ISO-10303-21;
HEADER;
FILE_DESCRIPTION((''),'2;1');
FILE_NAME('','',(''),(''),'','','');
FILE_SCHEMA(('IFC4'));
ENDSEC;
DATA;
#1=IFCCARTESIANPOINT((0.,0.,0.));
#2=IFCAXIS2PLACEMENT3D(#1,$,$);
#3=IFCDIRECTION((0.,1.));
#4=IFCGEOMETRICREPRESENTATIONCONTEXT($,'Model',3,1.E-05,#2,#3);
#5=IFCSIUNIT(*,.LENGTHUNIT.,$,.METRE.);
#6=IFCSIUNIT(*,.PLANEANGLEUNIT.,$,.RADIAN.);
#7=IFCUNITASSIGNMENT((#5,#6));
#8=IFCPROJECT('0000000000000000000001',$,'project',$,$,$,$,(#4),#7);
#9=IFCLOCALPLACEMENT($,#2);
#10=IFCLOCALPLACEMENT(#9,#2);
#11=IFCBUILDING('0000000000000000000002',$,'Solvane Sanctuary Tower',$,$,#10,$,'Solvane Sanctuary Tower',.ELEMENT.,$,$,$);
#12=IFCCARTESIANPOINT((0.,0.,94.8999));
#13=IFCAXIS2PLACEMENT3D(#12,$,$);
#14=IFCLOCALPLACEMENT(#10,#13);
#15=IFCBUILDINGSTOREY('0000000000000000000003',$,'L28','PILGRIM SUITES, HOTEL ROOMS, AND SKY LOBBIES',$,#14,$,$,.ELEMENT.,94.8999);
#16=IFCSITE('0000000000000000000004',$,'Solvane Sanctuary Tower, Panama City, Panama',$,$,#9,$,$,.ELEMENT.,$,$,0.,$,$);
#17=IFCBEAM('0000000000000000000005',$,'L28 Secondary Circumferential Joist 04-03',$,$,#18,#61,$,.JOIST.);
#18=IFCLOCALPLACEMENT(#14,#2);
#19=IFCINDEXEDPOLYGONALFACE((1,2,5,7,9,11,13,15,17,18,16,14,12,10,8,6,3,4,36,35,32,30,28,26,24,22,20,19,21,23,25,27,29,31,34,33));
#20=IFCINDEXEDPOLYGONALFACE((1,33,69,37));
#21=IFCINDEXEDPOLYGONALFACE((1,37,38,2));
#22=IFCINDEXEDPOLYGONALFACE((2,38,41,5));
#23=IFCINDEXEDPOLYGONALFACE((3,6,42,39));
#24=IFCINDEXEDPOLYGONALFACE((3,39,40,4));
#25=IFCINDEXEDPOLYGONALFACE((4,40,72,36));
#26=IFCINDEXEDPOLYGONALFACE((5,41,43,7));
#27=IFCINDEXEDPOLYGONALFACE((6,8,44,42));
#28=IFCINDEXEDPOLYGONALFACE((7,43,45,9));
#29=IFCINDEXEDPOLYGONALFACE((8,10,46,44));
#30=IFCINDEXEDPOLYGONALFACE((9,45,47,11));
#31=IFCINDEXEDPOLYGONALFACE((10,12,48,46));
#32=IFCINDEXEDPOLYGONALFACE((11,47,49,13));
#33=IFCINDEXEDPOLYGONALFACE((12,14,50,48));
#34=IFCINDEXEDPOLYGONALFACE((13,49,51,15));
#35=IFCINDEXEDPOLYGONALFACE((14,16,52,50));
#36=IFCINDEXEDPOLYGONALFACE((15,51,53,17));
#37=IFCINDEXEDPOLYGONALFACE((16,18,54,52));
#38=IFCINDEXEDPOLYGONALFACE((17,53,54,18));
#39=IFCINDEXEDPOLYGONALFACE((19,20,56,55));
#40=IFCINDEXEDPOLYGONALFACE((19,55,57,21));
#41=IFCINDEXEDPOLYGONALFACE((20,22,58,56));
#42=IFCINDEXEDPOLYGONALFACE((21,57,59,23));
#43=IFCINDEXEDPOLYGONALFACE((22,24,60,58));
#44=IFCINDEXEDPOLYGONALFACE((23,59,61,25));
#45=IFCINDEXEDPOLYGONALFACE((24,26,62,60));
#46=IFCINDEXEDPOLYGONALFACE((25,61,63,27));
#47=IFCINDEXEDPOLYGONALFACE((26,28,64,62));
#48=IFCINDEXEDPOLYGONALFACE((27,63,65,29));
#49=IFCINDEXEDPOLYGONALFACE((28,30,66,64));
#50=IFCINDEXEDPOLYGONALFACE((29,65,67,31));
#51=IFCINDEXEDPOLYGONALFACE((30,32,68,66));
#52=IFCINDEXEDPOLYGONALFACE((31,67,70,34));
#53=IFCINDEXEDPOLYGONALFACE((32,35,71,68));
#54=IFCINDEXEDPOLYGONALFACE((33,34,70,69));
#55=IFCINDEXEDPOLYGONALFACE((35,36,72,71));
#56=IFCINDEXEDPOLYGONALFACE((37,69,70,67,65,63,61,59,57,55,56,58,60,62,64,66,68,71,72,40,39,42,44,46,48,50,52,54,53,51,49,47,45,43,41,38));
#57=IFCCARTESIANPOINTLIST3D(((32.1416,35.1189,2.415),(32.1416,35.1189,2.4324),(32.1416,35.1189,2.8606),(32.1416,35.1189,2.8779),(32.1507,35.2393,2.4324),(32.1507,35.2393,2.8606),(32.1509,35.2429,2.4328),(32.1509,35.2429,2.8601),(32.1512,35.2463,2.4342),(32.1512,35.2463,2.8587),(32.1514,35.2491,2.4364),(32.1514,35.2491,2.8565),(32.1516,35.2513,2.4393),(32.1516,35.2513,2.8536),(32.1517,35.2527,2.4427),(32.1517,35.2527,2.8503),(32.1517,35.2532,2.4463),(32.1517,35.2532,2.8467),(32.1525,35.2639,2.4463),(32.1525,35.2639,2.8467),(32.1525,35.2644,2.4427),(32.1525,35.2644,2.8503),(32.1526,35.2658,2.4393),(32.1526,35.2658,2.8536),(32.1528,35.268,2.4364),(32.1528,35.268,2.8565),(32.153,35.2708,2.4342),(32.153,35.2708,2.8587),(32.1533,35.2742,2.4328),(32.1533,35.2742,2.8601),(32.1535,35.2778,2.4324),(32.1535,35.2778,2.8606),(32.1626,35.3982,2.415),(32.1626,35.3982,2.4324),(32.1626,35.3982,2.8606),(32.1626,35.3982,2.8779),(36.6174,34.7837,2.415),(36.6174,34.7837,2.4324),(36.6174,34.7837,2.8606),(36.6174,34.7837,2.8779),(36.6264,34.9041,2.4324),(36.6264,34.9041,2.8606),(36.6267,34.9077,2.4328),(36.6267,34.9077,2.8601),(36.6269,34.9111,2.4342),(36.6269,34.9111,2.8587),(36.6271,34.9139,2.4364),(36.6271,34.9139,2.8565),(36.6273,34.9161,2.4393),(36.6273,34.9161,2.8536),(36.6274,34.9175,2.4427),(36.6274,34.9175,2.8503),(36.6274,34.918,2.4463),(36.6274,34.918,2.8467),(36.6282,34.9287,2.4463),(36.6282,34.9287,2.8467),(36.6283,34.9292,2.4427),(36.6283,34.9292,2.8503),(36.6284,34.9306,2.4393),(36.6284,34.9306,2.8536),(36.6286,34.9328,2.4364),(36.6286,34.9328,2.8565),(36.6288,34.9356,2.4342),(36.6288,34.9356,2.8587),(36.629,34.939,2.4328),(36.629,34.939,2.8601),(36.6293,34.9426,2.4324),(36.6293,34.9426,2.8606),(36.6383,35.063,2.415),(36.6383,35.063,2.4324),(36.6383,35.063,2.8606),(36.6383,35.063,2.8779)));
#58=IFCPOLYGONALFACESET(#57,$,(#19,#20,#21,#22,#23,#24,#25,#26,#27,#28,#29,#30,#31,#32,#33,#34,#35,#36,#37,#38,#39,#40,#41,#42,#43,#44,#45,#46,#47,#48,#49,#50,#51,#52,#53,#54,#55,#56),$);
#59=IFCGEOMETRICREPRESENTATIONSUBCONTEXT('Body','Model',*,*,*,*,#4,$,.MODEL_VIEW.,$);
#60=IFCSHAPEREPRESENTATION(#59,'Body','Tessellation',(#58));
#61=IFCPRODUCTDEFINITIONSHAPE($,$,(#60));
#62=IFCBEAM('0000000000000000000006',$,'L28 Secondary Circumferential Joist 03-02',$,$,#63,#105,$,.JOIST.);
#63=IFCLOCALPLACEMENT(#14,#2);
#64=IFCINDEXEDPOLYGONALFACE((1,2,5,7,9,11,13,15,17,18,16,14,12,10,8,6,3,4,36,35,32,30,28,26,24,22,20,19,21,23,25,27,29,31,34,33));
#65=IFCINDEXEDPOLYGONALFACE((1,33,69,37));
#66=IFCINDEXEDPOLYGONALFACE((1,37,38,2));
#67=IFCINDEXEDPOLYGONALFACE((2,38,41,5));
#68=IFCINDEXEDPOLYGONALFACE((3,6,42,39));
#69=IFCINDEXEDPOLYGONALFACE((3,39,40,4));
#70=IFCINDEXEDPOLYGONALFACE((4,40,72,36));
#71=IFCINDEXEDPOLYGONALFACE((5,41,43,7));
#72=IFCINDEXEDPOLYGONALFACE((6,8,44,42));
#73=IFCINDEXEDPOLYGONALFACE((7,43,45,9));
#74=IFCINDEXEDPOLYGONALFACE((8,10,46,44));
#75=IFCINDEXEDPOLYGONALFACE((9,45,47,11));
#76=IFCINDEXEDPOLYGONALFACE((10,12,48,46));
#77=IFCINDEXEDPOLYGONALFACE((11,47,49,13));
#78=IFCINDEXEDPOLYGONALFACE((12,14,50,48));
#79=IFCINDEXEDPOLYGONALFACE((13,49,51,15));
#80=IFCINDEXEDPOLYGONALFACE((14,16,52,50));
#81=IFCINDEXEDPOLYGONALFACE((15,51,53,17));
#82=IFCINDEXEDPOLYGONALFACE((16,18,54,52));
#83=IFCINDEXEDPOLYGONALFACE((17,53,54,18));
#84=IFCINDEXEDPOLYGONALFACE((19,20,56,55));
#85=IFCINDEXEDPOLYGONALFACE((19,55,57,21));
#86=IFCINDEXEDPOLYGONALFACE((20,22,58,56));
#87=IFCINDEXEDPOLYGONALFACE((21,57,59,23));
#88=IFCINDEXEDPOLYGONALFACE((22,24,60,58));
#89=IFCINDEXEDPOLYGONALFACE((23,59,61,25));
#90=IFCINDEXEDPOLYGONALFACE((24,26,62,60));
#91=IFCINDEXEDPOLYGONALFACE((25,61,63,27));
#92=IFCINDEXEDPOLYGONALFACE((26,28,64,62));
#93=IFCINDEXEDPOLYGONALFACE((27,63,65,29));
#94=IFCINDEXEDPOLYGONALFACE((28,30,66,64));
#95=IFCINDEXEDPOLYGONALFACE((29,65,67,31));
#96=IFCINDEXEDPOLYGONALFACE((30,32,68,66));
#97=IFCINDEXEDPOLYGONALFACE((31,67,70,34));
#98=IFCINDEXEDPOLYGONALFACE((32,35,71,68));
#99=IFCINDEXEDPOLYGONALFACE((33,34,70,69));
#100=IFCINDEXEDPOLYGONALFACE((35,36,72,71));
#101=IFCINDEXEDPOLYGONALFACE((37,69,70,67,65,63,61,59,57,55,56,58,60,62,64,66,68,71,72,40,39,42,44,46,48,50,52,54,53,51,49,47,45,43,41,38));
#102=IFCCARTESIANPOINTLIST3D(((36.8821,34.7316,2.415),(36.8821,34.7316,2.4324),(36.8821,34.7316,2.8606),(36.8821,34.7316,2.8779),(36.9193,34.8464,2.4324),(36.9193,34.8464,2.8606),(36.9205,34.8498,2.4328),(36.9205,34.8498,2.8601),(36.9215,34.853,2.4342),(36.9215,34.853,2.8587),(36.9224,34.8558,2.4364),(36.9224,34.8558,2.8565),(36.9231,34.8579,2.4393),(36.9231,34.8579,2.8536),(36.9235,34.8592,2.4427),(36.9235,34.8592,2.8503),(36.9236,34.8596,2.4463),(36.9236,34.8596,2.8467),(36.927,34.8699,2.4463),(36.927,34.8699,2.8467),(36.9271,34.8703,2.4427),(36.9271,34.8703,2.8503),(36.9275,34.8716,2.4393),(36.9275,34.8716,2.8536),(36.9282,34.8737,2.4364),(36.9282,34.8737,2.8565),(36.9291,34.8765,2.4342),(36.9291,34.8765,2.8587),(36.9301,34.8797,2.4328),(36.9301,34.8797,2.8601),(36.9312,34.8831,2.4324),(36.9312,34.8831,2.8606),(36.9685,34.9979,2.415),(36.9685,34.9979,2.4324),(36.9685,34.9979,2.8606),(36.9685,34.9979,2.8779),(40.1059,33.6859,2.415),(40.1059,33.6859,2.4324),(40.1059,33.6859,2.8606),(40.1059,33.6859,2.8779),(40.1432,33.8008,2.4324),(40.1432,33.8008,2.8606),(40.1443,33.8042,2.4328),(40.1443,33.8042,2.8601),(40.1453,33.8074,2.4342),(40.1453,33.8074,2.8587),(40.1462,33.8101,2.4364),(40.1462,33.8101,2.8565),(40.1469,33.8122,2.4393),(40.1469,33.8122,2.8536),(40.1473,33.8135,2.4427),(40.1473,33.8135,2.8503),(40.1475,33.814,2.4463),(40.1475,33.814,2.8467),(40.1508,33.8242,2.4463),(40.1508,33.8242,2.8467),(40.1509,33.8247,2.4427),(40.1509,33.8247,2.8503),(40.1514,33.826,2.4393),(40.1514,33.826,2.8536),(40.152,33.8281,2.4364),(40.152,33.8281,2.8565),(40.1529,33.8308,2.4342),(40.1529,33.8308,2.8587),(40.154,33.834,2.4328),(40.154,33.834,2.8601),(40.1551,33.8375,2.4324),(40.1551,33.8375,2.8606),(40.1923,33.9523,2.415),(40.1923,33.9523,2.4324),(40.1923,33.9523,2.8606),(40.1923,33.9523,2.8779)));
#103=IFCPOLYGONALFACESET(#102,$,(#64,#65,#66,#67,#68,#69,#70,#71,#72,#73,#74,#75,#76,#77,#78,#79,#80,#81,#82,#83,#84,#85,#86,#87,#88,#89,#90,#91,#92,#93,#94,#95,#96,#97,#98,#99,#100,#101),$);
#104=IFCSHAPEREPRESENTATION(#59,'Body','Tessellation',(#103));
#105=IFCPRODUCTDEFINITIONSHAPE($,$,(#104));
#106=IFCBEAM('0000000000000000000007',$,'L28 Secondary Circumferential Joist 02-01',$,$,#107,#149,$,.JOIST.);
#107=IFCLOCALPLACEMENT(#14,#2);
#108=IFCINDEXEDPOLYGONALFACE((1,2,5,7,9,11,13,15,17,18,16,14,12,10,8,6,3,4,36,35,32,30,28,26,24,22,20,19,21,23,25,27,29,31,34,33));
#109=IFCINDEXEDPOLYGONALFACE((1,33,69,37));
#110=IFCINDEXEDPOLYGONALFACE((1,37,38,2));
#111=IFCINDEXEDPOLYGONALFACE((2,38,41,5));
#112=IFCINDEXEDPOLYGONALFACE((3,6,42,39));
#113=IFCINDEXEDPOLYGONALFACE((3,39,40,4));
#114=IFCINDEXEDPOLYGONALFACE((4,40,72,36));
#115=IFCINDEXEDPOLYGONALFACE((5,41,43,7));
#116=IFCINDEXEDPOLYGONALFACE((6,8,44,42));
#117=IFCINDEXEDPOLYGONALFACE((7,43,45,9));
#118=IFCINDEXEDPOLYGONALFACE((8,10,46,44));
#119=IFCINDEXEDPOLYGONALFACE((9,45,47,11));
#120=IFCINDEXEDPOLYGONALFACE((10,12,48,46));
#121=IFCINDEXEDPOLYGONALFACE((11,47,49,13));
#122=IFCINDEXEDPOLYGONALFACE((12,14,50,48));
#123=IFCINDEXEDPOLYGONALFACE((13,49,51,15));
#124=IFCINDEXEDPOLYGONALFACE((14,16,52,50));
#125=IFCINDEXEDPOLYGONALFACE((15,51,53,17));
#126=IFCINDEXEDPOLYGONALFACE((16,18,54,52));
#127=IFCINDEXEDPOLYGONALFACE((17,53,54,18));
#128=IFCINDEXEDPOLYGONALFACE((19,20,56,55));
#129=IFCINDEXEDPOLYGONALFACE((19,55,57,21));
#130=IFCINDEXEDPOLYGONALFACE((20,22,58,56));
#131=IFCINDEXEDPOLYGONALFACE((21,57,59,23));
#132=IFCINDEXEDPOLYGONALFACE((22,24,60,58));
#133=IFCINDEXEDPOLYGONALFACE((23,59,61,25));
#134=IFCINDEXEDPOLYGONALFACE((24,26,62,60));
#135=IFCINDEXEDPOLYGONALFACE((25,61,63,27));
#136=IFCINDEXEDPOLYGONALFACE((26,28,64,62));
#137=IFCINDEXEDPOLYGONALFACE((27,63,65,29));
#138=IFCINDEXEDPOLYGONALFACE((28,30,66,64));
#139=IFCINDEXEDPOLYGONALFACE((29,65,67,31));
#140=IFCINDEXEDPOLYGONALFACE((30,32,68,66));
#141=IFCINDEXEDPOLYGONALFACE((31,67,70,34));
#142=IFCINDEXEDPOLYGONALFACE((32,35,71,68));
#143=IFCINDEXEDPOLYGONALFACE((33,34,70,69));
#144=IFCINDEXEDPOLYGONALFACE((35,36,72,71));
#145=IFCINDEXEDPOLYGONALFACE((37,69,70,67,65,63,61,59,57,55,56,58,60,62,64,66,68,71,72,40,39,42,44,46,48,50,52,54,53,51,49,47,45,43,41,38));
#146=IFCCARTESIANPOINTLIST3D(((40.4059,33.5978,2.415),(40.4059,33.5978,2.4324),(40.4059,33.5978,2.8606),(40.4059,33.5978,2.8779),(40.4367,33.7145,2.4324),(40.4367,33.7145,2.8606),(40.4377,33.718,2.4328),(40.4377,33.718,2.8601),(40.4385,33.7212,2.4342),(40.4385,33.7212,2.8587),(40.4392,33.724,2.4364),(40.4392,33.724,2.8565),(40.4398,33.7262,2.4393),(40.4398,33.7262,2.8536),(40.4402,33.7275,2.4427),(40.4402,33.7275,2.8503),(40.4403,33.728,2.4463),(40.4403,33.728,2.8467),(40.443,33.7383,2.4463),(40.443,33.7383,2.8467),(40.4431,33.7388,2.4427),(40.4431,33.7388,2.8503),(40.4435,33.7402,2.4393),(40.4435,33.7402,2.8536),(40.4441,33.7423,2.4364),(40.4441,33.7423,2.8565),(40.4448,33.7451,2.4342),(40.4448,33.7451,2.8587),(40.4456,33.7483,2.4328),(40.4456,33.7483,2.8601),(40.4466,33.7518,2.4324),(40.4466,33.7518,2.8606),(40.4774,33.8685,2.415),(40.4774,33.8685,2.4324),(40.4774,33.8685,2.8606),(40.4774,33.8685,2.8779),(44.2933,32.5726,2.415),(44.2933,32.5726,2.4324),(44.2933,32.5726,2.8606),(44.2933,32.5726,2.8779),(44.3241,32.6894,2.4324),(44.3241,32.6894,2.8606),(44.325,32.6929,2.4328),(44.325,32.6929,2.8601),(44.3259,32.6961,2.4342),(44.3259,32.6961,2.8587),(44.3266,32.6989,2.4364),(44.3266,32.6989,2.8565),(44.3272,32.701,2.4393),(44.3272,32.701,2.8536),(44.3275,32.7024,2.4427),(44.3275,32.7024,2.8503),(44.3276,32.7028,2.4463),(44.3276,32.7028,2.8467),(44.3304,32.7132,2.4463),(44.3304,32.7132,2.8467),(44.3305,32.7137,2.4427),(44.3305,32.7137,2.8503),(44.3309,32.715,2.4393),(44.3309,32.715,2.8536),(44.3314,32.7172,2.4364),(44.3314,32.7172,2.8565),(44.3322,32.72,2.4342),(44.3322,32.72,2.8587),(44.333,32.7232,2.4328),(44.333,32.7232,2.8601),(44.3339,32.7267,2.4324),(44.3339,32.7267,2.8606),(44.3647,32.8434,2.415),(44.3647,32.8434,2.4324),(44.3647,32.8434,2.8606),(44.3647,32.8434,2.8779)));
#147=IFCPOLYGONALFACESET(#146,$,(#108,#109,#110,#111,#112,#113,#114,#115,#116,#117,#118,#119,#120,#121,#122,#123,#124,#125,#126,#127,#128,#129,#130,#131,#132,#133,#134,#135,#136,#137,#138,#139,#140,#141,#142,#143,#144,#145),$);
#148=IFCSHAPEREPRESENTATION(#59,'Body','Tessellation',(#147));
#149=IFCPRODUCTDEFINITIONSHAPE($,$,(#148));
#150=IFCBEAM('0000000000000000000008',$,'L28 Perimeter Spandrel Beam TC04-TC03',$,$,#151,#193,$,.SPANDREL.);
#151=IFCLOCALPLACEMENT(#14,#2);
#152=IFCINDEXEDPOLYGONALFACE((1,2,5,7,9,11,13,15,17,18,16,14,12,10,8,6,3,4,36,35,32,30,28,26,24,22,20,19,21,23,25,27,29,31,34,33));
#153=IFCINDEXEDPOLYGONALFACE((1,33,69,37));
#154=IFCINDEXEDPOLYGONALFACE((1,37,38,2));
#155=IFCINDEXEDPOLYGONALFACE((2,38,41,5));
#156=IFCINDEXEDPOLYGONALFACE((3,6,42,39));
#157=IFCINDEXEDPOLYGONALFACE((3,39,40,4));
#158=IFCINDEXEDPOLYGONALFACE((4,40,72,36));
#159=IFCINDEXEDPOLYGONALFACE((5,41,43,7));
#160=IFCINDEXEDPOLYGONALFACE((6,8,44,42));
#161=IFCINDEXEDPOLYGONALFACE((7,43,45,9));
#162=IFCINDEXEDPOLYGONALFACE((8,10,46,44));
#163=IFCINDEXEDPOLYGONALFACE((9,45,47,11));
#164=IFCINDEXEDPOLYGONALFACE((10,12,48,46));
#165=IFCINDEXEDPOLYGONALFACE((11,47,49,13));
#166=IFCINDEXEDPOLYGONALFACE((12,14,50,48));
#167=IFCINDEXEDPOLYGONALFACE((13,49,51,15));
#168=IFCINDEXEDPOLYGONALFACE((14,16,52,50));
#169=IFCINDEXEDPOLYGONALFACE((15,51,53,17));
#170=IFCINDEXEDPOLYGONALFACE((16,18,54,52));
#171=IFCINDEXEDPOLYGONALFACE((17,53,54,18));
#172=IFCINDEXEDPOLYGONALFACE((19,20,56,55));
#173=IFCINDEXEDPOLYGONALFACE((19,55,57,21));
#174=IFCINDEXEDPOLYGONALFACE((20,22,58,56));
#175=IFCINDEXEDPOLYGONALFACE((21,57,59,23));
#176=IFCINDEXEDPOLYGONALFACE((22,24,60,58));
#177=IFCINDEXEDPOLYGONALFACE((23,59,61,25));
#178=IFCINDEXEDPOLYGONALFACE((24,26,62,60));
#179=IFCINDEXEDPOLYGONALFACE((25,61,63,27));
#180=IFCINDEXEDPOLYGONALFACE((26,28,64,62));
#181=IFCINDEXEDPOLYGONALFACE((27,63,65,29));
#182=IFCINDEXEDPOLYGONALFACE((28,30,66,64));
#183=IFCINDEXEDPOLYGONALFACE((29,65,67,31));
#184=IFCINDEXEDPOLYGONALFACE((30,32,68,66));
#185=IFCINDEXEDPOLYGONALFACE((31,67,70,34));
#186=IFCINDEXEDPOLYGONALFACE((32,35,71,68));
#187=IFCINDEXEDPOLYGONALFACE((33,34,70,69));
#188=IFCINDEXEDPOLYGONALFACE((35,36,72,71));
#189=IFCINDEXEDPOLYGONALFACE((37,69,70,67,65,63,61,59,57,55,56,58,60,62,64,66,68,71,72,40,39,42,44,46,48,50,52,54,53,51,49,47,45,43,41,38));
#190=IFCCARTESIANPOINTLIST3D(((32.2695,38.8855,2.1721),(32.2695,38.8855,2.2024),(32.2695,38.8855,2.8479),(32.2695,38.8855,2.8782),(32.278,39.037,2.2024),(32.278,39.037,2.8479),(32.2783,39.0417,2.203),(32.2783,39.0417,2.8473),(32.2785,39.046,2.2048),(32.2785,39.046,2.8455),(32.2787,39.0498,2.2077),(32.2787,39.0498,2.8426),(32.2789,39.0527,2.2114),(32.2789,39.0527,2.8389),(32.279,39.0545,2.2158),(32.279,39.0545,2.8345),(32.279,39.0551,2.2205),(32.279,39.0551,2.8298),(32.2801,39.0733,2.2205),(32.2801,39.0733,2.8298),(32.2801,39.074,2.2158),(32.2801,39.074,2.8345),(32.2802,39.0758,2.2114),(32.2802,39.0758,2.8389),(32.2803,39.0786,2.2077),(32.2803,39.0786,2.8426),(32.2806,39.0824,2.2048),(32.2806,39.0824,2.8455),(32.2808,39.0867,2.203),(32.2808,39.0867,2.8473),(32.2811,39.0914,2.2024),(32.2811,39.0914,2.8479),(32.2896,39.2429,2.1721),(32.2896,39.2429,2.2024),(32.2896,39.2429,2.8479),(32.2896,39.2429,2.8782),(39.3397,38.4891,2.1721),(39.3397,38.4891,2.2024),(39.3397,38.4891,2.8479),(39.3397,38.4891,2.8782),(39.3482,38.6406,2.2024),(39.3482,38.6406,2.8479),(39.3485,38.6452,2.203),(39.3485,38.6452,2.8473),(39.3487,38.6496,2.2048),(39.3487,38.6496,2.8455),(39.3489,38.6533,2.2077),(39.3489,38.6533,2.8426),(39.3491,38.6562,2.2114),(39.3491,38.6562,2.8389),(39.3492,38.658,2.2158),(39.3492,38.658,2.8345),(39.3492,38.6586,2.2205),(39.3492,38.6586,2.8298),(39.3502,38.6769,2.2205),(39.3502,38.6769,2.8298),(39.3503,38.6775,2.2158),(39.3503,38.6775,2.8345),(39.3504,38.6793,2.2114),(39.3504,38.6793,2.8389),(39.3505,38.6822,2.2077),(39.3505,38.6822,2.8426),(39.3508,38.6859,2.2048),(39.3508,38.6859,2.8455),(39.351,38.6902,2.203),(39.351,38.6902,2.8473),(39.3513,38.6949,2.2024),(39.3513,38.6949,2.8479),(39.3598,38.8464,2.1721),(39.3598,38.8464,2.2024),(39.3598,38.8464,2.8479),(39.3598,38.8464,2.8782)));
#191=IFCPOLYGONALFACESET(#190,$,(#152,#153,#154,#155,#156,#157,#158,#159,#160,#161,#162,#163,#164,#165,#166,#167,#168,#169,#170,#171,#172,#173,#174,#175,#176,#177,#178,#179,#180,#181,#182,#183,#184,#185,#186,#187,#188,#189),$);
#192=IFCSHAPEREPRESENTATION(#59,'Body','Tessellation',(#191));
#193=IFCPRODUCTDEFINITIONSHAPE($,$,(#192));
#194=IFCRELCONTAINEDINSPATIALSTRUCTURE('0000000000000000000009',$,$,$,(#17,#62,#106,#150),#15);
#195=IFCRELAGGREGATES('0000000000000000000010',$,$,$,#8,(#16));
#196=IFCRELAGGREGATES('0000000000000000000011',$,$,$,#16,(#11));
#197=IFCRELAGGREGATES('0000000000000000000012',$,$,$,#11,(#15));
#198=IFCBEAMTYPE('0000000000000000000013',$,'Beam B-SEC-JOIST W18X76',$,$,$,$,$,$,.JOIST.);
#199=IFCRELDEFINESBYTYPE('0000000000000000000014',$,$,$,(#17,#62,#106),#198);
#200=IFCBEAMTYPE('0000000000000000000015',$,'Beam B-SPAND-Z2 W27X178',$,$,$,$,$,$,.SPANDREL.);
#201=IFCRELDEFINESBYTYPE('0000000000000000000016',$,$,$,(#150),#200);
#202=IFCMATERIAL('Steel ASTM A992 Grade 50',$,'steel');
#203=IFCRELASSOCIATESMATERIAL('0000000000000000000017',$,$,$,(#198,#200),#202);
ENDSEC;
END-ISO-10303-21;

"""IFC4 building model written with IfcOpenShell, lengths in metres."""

from ifc_helpers import new_model, si_unit, direction, frame, origin, origin_2d, place, context, subcontext, project, spatial, i_section, extrude, material, material_profile, profile_set, type_object, element, save


model = new_model("IFC4")

# Units and contexts
model_context = context("Model", 3, precision=1e-05, world=origin(), true_north=direction((0.0, 1.0)))
body_context = subcontext(model_context, "Body", "Model", "MODEL_VIEW")
ifc_project = project(units=[si_unit("LENGTHUNIT", "METRE"), si_unit("PLANEANGLEUNIT", "RADIAN")], contexts=[model_context])

# Site, building, storey
site_placement = place(None, origin())
site = spatial("IfcSite", under=ifc_project, at=site_placement, Name="Solvane Sanctuary Tower, Panama City, Panama", CompositionType="ELEMENT", RefElevation=0.0)
building_placement = place(site_placement, origin())
building = spatial("IfcBuilding", under=site, at=building_placement, Name="Solvane Sanctuary Tower", LongName="Solvane Sanctuary Tower", CompositionType="ELEMENT")
storey_placement = place(building_placement, frame((0.0, 0.0, 94.8999)))
storey = spatial("IfcBuildingStorey", under=building, at=storey_placement, Name="L28", Description="PILGRIM SUITES, HOTEL ROOMS, AND SKY LOBBIES", CompositionType="ELEMENT", Elevation=94.8999)

# Beams
ifc_material_1 = material(Name="Steel ASTM A992 Grade 50", Category="steel")
ifc_material_profile_1 = material_profile(ifc_material_1, i_section(OverallWidth=0.28, OverallDepth=0.4629, WebThickness=0.0107, FlangeThickness=0.0173, FilletRadius=0.0139, at=origin_2d()), Name="W18X76")
ifc_profile_set_1 = profile_set([ifc_material_profile_1], Name="Steel ASTM A992 Grade 50")
beam_type_1 = type_object("IfcBeamType", Name="Beam B-SEC-JOIST W18X76", PredefinedType="JOIST", material=ifc_profile_set_1)
beam_1_placement = place(storey_placement, frame((32.1521, 35.2585, 2.6465), z_axis=(0.997207, -0.074683, 0.0), x_axis=(0.074683, 0.997207, 0.0)))
element("IfcBeam", 1, at=beam_1_placement, inside=storey, type_object=beam_type_1, Name="L28 Secondary Circumferential Joist 04-03", PredefinedType="JOIST", context=body_context, shape_type="SweptSolid", body=[
    extrude(i_section(OverallWidth=0.28, OverallDepth=0.4629, WebThickness=0.0107, FlangeThickness=0.0173, FilletRadius=0.0139, at=origin_2d()), origin(), (0.0, 0.0, 1.0), 4.4883),
])
beam_2_placement = place(storey_placement, frame((36.9253, 34.8647, 2.6465), z_axis=(0.951217, -0.308524, 0.0), x_axis=(0.308524, 0.951217, 0.0)))
element("IfcBeam", 2, at=beam_2_placement, inside=storey, type_object=beam_type_1, Name="L28 Secondary Circumferential Joist 03-02", PredefinedType="JOIST", context=body_context, shape_type="SweptSolid", body=[
    extrude(i_section(OverallWidth=0.28, OverallDepth=0.4629, WebThickness=0.0107, FlangeThickness=0.0173, FilletRadius=0.0139, at=origin_2d()), origin(), (0.0, 0.0, 1.0), 3.3892),
])
beam_3_placement = place(storey_placement, frame((40.4417, 33.7332, 2.6465), z_axis=(0.966944, -0.254989, 0.0), x_axis=(0.254989, 0.966944, 0.0)))
element("IfcBeam", 3, at=beam_3_placement, inside=storey, type_object=beam_type_1, Name="L28 Secondary Circumferential Joist 02-01", PredefinedType="JOIST", context=body_context, shape_type="SweptSolid", body=[
    extrude(i_section(OverallWidth=0.28, OverallDepth=0.4629, WebThickness=0.0107, FlangeThickness=0.0173, FilletRadius=0.0139, at=origin_2d()), origin(), (0.0, 0.0, 1.0), 4.0203),
])
ifc_material_profile_2 = material_profile(ifc_material_1, i_section(OverallWidth=0.3579, OverallDepth=0.7061, WebThickness=0.0183, FlangeThickness=0.0303, FilletRadius=0.0181, at=origin_2d()), Name="W27X178")
ifc_profile_set_2 = profile_set([ifc_material_profile_2], Name="Steel ASTM A992 Grade 50")
beam_type_2 = type_object("IfcBeamType", Name="Beam B-SPAND-Z2 W27X178", PredefinedType="SPANDREL", material=ifc_profile_set_2)
beam_4_placement = place(storey_placement, frame((32.2795, 39.0642, 2.5251), z_axis=(0.998431, -0.055989, 0.0), x_axis=(0.055989, 0.998431, 0.0)))
element("IfcBeam", 4, at=beam_4_placement, inside=storey, type_object=beam_type_2, Name="L28 Perimeter Spandrel Beam TC04-TC03", PredefinedType="SPANDREL", context=body_context, shape_type="SweptSolid", body=[
    extrude(i_section(OverallWidth=0.3579, OverallDepth=0.7061, WebThickness=0.0183, FlangeThickness=0.0303, FilletRadius=0.0181, at=origin_2d()), origin(), (0.0, 0.0, 1.0), 7.0813),
])

save(model, "model.ifc")
